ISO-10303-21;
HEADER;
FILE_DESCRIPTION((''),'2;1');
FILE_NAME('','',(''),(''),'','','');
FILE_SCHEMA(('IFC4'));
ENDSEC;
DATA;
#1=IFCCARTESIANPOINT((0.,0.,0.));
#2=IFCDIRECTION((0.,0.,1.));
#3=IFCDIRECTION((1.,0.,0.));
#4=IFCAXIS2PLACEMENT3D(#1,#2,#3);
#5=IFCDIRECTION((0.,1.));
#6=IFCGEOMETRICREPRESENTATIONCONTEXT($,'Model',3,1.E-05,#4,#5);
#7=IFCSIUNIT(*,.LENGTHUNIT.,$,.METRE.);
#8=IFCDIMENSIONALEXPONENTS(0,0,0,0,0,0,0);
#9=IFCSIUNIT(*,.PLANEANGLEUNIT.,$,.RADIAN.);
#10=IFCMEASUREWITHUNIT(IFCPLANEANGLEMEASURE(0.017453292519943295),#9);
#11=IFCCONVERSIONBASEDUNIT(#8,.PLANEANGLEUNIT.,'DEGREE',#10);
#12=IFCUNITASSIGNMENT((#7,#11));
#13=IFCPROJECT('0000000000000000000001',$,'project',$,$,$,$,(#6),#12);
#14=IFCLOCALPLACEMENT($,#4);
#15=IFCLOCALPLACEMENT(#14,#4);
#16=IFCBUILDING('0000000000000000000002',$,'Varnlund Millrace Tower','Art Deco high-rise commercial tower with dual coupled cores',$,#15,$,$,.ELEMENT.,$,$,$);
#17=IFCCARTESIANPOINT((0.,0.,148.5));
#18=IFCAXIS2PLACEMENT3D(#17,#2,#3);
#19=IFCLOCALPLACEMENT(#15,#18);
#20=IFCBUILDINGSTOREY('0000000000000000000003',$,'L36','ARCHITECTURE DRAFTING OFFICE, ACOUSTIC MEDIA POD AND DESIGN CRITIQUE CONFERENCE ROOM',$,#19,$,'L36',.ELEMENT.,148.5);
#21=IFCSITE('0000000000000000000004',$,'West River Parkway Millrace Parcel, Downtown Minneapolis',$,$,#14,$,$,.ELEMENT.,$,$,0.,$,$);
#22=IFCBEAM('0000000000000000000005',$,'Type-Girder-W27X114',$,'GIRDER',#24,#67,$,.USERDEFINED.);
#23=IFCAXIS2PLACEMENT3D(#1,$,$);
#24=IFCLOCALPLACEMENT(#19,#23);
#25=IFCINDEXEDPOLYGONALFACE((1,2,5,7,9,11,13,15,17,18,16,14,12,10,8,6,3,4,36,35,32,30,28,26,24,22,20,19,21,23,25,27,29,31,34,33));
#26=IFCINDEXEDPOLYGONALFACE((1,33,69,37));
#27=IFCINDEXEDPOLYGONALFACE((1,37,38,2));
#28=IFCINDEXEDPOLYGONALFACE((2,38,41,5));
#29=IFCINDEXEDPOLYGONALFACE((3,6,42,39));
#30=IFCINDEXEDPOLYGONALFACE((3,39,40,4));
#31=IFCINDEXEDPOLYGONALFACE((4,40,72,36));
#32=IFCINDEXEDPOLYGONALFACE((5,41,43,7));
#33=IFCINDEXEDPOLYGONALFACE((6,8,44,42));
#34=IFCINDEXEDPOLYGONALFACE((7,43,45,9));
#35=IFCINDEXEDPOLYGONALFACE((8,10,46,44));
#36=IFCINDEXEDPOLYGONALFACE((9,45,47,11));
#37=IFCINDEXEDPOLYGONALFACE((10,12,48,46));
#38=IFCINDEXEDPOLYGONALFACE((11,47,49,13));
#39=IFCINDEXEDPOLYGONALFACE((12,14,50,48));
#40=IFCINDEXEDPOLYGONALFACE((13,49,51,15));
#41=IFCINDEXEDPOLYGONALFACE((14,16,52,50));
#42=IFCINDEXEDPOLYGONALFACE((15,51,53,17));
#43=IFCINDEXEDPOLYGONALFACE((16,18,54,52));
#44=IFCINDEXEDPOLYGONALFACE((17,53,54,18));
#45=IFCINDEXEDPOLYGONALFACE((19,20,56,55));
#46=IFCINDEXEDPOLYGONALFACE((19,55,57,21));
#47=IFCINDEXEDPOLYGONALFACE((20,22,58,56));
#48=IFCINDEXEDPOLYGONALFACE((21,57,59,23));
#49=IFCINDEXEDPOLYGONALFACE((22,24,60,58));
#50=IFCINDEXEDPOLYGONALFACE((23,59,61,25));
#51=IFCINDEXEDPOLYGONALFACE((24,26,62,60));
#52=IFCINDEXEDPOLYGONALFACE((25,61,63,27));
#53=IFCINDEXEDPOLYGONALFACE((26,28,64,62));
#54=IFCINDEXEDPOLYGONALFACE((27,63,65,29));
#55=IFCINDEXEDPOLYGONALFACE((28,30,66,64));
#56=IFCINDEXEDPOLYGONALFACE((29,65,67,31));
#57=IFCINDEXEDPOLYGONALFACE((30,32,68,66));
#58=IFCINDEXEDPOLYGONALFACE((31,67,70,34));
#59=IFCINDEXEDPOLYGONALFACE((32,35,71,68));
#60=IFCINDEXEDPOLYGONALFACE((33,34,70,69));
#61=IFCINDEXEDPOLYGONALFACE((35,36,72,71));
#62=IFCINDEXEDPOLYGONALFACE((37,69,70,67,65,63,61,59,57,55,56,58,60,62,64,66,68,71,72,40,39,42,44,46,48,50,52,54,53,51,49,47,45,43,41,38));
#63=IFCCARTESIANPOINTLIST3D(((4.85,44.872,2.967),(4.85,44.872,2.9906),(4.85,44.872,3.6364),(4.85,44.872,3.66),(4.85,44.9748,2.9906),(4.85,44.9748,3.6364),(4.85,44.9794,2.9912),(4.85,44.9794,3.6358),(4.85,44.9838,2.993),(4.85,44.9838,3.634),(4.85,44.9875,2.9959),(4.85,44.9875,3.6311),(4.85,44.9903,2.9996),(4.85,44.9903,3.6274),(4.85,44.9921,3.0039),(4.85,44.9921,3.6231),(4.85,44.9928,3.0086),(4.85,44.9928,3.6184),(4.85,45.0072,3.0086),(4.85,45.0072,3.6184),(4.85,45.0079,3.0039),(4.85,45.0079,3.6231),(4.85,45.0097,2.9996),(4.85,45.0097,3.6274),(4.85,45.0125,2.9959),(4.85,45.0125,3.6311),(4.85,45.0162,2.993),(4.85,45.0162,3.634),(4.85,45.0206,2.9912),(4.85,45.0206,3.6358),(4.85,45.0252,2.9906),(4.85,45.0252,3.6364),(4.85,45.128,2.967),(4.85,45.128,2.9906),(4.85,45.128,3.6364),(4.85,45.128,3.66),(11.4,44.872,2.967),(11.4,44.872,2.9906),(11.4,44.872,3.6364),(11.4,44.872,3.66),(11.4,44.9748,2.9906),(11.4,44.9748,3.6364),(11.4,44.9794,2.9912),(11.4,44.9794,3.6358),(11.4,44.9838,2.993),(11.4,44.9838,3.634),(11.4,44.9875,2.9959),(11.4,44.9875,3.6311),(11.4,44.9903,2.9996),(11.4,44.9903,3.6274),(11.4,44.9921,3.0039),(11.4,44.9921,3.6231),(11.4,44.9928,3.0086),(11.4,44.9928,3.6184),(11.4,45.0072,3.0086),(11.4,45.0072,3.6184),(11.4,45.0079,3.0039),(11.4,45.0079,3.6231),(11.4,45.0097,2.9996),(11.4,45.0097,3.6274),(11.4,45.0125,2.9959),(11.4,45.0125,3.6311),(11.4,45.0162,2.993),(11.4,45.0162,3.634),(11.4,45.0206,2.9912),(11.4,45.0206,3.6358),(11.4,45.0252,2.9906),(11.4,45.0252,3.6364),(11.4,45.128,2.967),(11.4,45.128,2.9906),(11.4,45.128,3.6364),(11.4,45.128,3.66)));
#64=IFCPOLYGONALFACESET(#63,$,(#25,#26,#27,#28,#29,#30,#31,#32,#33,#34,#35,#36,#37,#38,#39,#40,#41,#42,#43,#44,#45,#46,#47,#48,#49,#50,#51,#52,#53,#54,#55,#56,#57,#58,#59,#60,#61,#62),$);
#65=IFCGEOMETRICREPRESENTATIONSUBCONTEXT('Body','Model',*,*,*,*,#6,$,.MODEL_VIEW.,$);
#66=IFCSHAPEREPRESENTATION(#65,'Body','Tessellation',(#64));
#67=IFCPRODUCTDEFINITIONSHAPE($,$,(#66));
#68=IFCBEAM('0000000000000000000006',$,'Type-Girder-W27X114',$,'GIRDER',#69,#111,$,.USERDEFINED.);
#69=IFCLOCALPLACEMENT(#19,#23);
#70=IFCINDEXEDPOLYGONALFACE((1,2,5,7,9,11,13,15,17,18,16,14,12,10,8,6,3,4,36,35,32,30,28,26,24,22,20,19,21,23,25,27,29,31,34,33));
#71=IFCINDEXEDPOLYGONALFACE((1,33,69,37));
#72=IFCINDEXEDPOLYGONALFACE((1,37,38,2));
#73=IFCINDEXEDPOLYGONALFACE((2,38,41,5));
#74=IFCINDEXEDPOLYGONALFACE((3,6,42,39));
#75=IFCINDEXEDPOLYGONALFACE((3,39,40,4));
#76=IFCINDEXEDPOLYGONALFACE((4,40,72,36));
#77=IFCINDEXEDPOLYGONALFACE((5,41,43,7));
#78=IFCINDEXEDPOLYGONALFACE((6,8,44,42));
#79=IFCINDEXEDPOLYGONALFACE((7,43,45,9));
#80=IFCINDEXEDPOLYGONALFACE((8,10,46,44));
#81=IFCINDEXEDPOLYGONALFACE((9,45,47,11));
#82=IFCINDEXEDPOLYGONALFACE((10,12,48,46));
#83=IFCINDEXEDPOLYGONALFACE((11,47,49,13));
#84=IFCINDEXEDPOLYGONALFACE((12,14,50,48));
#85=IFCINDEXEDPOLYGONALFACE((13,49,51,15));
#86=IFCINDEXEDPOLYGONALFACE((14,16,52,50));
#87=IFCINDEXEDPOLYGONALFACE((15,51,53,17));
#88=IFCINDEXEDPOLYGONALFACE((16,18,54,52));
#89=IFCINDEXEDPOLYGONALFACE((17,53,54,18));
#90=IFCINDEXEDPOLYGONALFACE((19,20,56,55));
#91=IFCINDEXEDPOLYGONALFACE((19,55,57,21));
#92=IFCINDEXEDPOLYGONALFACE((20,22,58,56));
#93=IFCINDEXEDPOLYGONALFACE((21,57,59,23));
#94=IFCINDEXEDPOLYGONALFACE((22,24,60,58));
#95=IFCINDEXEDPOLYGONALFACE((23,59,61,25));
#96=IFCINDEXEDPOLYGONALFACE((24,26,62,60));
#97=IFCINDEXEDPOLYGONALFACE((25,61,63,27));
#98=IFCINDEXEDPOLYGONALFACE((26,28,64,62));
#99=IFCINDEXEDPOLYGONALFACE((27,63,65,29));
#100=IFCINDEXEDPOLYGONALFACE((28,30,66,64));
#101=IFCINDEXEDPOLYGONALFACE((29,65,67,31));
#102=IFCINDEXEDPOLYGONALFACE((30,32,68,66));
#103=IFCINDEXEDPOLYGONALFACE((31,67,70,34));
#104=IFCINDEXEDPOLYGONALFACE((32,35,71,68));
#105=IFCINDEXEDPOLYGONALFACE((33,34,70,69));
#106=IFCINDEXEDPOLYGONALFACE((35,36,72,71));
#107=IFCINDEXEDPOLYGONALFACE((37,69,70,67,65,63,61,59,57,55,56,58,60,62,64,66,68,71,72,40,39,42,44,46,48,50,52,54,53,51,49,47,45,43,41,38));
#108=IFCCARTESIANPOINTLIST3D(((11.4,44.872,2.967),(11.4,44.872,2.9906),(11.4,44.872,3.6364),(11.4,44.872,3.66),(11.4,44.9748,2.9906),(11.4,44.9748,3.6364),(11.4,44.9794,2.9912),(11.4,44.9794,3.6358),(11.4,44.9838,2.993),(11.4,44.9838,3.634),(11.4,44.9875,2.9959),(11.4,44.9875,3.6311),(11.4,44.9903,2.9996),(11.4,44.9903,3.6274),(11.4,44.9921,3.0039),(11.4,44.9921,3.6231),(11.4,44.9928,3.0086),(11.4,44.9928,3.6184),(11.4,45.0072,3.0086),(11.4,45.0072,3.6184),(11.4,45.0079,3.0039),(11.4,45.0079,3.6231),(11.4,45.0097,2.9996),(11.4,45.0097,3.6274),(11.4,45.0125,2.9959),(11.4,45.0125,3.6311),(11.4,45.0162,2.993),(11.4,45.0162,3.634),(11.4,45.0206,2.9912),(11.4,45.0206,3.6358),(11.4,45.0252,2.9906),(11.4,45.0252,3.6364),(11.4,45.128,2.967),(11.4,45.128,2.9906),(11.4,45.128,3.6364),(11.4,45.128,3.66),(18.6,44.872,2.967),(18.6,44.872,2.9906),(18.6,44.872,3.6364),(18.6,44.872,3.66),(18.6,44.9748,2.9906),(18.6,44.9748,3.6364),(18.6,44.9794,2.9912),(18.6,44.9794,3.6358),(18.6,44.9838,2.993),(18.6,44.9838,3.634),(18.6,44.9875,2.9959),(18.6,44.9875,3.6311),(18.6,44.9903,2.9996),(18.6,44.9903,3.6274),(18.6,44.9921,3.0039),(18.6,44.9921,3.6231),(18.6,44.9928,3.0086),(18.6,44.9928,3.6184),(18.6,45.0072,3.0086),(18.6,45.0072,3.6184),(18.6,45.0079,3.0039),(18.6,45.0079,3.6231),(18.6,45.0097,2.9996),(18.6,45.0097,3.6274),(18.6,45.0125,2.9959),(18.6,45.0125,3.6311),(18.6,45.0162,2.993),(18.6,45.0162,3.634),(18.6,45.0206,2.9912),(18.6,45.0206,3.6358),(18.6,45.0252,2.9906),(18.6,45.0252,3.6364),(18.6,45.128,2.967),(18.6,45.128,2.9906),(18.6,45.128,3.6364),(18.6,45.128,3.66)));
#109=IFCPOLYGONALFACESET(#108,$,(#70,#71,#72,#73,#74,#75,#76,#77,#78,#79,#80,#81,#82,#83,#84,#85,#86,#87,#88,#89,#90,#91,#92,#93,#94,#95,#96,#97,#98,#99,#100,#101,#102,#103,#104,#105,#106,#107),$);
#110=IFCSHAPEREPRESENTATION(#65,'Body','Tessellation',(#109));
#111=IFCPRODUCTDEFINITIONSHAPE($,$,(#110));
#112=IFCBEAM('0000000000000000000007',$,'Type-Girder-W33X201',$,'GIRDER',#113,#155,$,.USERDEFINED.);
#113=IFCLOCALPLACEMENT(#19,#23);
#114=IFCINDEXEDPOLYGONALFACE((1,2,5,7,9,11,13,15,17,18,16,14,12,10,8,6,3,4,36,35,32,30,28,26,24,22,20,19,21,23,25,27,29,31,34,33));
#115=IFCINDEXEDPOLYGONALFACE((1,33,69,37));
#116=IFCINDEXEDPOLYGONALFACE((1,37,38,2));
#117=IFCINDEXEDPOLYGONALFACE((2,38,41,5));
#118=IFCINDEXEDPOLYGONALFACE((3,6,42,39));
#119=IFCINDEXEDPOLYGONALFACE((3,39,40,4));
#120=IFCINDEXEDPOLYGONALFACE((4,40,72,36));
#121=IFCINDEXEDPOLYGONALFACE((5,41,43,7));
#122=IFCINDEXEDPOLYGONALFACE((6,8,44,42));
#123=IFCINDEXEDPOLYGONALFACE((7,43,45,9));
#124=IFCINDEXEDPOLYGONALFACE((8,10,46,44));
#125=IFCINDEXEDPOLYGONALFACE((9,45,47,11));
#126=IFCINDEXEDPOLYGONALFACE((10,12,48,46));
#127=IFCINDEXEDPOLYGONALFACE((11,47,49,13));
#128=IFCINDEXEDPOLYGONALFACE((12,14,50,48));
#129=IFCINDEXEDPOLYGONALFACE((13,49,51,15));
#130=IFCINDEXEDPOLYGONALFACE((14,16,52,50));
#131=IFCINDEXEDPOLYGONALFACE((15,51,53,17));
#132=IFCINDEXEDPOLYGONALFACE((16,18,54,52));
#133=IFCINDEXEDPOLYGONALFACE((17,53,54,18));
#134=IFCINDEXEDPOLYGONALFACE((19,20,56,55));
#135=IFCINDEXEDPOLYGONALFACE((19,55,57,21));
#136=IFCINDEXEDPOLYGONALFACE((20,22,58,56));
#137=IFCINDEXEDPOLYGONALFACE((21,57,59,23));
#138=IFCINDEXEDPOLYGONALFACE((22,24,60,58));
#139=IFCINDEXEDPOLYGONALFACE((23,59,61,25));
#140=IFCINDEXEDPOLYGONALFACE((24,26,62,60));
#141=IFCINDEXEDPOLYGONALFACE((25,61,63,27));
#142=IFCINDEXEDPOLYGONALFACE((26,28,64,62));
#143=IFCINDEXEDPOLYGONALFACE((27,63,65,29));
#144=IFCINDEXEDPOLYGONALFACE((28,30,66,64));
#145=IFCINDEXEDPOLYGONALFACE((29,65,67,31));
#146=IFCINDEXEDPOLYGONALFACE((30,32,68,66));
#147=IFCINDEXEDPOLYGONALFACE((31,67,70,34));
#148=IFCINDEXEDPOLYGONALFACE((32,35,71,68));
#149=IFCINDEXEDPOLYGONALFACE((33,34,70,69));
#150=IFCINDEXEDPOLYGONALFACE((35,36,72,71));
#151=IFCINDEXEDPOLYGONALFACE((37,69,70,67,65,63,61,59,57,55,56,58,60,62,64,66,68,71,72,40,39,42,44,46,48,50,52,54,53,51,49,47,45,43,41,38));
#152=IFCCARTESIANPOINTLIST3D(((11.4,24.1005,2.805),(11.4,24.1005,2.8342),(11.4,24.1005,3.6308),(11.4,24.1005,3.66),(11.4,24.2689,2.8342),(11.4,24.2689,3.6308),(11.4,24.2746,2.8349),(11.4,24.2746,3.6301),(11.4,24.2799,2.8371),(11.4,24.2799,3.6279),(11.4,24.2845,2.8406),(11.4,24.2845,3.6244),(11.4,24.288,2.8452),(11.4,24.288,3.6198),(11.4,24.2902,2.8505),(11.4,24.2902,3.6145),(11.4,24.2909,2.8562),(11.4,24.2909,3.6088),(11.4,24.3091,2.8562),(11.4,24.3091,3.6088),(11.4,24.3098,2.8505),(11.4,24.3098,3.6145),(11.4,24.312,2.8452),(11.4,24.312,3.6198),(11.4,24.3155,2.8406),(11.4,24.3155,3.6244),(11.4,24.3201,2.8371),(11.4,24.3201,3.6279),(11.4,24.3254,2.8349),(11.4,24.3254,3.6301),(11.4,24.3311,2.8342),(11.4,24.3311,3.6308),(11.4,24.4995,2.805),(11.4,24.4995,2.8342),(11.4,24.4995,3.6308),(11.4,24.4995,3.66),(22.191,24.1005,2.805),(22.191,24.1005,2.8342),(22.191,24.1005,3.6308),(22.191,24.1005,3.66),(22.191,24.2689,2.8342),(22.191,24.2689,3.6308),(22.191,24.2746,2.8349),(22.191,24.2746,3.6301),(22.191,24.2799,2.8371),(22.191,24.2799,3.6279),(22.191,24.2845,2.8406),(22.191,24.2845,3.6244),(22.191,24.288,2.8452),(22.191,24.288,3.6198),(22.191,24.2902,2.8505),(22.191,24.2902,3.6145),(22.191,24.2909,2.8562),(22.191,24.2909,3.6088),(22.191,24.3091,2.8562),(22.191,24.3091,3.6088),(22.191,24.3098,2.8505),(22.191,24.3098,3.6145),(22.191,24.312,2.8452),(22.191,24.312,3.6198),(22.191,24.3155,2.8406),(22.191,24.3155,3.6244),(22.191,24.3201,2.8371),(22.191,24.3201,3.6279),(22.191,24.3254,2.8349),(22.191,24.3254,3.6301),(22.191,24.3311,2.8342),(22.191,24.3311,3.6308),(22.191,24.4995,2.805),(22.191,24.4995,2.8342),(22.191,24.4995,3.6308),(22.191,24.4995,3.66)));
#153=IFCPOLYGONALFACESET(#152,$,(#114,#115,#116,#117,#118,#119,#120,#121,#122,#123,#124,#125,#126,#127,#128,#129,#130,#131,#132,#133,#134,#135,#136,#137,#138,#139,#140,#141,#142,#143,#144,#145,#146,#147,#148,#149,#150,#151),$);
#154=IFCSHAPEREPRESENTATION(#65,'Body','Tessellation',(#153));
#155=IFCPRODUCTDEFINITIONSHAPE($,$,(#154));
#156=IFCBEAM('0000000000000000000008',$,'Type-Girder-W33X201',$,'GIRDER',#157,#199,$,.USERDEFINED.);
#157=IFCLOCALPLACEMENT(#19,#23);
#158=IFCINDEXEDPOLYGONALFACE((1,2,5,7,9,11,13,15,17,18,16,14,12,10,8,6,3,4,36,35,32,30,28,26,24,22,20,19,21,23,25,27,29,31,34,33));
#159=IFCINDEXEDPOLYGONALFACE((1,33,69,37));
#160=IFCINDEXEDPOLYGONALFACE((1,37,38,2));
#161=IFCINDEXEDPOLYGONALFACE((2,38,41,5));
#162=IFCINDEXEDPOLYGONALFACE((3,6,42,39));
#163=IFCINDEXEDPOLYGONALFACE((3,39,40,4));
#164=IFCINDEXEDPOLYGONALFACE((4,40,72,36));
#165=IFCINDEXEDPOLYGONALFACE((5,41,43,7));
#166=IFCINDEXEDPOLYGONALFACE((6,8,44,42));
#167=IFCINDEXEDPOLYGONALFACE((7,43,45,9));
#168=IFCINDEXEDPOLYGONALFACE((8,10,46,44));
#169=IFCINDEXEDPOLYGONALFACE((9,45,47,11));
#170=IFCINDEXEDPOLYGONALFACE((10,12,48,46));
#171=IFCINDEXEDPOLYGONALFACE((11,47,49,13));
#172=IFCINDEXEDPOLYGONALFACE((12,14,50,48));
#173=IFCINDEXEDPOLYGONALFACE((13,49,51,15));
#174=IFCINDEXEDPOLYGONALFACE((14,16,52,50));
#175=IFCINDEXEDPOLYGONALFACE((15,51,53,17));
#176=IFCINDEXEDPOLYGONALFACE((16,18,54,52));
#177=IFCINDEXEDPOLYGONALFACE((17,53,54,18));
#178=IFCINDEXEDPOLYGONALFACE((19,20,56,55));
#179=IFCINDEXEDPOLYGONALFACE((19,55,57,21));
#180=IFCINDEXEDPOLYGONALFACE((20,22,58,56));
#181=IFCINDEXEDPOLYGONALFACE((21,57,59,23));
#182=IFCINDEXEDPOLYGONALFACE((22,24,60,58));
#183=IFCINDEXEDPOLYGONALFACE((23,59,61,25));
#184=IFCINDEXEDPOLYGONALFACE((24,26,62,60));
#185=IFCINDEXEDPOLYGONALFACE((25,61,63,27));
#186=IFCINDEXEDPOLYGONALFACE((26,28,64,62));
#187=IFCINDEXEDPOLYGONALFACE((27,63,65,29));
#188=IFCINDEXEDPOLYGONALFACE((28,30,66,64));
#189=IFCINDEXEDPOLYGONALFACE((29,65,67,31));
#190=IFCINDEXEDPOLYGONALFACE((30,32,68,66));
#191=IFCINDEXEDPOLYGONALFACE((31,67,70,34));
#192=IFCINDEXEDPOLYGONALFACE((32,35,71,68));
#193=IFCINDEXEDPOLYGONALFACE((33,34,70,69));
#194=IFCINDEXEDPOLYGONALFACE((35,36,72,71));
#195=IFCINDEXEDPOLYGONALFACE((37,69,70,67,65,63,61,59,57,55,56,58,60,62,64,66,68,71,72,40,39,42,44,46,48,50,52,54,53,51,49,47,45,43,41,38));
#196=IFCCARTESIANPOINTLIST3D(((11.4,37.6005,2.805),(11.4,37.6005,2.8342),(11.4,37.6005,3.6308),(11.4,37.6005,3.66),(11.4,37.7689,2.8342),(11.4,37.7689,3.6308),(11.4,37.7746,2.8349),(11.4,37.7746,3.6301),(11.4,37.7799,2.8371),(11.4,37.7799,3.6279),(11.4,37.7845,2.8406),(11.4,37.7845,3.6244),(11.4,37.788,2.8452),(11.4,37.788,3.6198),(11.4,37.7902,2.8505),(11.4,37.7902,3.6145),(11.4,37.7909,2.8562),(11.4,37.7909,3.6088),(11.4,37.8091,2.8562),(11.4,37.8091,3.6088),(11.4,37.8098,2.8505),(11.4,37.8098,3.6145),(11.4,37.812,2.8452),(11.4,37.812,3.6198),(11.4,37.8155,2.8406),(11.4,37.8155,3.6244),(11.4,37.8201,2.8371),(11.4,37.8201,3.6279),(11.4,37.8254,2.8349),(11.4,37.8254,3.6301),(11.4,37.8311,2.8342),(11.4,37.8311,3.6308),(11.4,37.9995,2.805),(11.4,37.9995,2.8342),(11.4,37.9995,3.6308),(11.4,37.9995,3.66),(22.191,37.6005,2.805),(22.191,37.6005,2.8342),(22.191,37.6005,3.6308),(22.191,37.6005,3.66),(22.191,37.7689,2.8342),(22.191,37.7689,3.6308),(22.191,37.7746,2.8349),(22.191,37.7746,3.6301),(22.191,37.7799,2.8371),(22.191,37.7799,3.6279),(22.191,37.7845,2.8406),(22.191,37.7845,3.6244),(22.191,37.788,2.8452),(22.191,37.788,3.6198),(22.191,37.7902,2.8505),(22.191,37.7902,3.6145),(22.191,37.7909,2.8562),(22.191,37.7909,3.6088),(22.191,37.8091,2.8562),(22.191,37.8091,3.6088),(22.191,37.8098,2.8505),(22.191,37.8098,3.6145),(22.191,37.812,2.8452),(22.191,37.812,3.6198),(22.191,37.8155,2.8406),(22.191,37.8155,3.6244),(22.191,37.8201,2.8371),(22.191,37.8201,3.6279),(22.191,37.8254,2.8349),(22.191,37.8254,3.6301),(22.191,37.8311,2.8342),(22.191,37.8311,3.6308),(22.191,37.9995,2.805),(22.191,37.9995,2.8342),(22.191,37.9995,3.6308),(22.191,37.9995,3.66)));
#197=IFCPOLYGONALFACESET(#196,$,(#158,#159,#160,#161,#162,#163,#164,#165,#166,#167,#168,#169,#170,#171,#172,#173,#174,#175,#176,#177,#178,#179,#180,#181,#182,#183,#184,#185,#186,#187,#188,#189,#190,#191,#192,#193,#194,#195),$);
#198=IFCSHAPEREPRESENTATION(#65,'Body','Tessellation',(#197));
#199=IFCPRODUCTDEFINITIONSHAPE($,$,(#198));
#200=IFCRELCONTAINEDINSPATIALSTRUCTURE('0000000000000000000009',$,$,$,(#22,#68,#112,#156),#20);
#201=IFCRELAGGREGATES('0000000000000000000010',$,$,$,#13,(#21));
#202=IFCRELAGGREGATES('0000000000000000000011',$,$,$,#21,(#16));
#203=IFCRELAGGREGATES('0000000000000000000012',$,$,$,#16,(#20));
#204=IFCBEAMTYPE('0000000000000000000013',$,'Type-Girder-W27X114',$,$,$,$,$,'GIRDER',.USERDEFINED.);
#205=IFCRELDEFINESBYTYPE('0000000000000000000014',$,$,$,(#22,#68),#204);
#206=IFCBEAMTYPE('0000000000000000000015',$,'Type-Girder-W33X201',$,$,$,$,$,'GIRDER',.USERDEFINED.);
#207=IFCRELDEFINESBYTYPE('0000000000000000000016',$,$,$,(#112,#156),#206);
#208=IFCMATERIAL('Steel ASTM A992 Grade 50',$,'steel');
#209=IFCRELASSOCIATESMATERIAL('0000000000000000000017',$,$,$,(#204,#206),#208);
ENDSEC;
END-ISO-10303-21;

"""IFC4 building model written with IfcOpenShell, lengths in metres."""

from ifc_helpers import new_model, entity, si_unit, converted_unit, direction, frame, origin_with_axes, origin_2d_with_axis, place, context, subcontext, project, spatial, i_section, extrude, material, material_profile, profile_set, type_object, element, save


model = new_model("IFC4")

# Units and contexts
model_context = context("Model", 3, precision=1e-05, world=origin_with_axes(), true_north=direction((0.0, 1.0)))
body_context = subcontext(model_context, "Body", "Model", "MODEL_VIEW")
ifc_project = project(units=[si_unit("LENGTHUNIT", "METRE"), converted_unit("PLANEANGLEUNIT", "DEGREE", entity("IfcPlaneAngleMeasure", 0.017453292519943295), si_unit("PLANEANGLEUNIT", "RADIAN"), dimensions=[0, 0, 0, 0, 0, 0, 0])], contexts=[model_context])

# Site, building, storey
site_placement = place(None, origin_with_axes())
site = spatial("IfcSite", under=ifc_project, at=site_placement, Name="West River Parkway Millrace Parcel, Downtown Minneapolis", CompositionType="ELEMENT", RefElevation=0.0)
building_placement = place(site_placement, origin_with_axes())
building = spatial("IfcBuilding", under=site, at=building_placement, Name="Varnlund Millrace Tower", Description="Art Deco high-rise commercial tower with dual coupled cores", CompositionType="ELEMENT")
storey_placement = place(building_placement, frame((0.0, 0.0, 148.5), z_axis=(0.0, 0.0, 1.0), x_axis=(1.0, 0.0, 0.0)))
storey = spatial("IfcBuildingStorey", under=building, at=storey_placement, Name="L36", Description="ARCHITECTURE DRAFTING OFFICE, ACOUSTIC MEDIA POD AND DESIGN CRITIQUE CONFERENCE ROOM", LongName="L36", CompositionType="ELEMENT", Elevation=148.5)

# Beams
ifc_material_1 = material(Name="Steel ASTM A992 Grade 50", Category="steel")
ifc_material_profile_1 = material_profile(ifc_material_1, i_section(OverallWidth=0.256, OverallDepth=0.693, WebThickness=0.0145, FlangeThickness=0.0236, FilletRadius=0.018, at=origin_2d_with_axis()), Name="Steel ASTM A992 Grade 50")
ifc_profile_set_1 = profile_set([ifc_material_profile_1], Name="Steel ASTM A992 Grade 50")
beam_type_1 = type_object("IfcBeamType", Name="Type-Girder-W27X114", ElementType="GIRDER", PredefinedType="USERDEFINED", material=ifc_profile_set_1)
beam_1_placement = place(storey_placement, frame((4.85, 45.0, 3.3135), z_axis=(1.0, 0.0, 0.0), x_axis=(0.0, 1.0, 0.0)))
element("IfcBeam", 1, at=beam_1_placement, inside=storey, type_object=beam_type_1, Name="Type-Girder-W27X114", ObjectType="GIRDER", PredefinedType="USERDEFINED", context=body_context, shape_type="SweptSolid", body=[
    extrude(i_section(OverallWidth=0.256, OverallDepth=0.693, WebThickness=0.0145, FlangeThickness=0.0236, FilletRadius=0.018, at=origin_2d_with_axis()), origin_with_axes(), (0.0, 0.0, 1.0), 6.55),
])
beam_2_placement = place(storey_placement, frame((11.4, 45.0, 3.3135), z_axis=(1.0, 0.0, 0.0), x_axis=(0.0, 1.0, 0.0)))
element("IfcBeam", 2, at=beam_2_placement, inside=storey, type_object=beam_type_1, Name="Type-Girder-W27X114", ObjectType="GIRDER", PredefinedType="USERDEFINED", context=body_context, shape_type="SweptSolid", body=[
    extrude(i_section(OverallWidth=0.256, OverallDepth=0.693, WebThickness=0.0145, FlangeThickness=0.0236, FilletRadius=0.018, at=origin_2d_with_axis()), origin_with_axes(), (0.0, 0.0, 1.0), 7.2),
])
ifc_material_profile_2 = material_profile(ifc_material_1, i_section(OverallWidth=0.399, OverallDepth=0.855, WebThickness=0.0182, FlangeThickness=0.0292, FilletRadius=0.022, at=origin_2d_with_axis()), Name="Steel ASTM A992 Grade 50")
ifc_profile_set_2 = profile_set([ifc_material_profile_2], Name="Steel ASTM A992 Grade 50")
beam_type_2 = type_object("IfcBeamType", Name="Type-Girder-W33X201", ElementType="GIRDER", PredefinedType="USERDEFINED", material=ifc_profile_set_2)
for number, where, z_axis, x_axis, name in (
    (3, (11.4, 24.3, 3.2325), (1.0, 0.0, 0.0), (0.0, 1.0, 0.0), "Type-Girder-W33X201"),
    (4, (11.4, 37.8, 3.2325), (1.0, 0.0, 0.0), (0.0, 1.0, 0.0), "Type-Girder-W33X201"),
):
    element("IfcBeam", number, at=place(storey_placement, frame(where, z_axis=z_axis, x_axis=x_axis)), inside=storey, type_object=beam_type_2, Name=name, ObjectType="GIRDER", PredefinedType="USERDEFINED", context=body_context, shape_type="SweptSolid", body=[
        extrude(i_section(OverallWidth=0.399, OverallDepth=0.855, WebThickness=0.0182, FlangeThickness=0.0292, FilletRadius=0.022, at=origin_2d_with_axis()), origin_with_axes(), (0.0, 0.0, 1.0), 10.791),
    ])

save(model, "model.ifc")
